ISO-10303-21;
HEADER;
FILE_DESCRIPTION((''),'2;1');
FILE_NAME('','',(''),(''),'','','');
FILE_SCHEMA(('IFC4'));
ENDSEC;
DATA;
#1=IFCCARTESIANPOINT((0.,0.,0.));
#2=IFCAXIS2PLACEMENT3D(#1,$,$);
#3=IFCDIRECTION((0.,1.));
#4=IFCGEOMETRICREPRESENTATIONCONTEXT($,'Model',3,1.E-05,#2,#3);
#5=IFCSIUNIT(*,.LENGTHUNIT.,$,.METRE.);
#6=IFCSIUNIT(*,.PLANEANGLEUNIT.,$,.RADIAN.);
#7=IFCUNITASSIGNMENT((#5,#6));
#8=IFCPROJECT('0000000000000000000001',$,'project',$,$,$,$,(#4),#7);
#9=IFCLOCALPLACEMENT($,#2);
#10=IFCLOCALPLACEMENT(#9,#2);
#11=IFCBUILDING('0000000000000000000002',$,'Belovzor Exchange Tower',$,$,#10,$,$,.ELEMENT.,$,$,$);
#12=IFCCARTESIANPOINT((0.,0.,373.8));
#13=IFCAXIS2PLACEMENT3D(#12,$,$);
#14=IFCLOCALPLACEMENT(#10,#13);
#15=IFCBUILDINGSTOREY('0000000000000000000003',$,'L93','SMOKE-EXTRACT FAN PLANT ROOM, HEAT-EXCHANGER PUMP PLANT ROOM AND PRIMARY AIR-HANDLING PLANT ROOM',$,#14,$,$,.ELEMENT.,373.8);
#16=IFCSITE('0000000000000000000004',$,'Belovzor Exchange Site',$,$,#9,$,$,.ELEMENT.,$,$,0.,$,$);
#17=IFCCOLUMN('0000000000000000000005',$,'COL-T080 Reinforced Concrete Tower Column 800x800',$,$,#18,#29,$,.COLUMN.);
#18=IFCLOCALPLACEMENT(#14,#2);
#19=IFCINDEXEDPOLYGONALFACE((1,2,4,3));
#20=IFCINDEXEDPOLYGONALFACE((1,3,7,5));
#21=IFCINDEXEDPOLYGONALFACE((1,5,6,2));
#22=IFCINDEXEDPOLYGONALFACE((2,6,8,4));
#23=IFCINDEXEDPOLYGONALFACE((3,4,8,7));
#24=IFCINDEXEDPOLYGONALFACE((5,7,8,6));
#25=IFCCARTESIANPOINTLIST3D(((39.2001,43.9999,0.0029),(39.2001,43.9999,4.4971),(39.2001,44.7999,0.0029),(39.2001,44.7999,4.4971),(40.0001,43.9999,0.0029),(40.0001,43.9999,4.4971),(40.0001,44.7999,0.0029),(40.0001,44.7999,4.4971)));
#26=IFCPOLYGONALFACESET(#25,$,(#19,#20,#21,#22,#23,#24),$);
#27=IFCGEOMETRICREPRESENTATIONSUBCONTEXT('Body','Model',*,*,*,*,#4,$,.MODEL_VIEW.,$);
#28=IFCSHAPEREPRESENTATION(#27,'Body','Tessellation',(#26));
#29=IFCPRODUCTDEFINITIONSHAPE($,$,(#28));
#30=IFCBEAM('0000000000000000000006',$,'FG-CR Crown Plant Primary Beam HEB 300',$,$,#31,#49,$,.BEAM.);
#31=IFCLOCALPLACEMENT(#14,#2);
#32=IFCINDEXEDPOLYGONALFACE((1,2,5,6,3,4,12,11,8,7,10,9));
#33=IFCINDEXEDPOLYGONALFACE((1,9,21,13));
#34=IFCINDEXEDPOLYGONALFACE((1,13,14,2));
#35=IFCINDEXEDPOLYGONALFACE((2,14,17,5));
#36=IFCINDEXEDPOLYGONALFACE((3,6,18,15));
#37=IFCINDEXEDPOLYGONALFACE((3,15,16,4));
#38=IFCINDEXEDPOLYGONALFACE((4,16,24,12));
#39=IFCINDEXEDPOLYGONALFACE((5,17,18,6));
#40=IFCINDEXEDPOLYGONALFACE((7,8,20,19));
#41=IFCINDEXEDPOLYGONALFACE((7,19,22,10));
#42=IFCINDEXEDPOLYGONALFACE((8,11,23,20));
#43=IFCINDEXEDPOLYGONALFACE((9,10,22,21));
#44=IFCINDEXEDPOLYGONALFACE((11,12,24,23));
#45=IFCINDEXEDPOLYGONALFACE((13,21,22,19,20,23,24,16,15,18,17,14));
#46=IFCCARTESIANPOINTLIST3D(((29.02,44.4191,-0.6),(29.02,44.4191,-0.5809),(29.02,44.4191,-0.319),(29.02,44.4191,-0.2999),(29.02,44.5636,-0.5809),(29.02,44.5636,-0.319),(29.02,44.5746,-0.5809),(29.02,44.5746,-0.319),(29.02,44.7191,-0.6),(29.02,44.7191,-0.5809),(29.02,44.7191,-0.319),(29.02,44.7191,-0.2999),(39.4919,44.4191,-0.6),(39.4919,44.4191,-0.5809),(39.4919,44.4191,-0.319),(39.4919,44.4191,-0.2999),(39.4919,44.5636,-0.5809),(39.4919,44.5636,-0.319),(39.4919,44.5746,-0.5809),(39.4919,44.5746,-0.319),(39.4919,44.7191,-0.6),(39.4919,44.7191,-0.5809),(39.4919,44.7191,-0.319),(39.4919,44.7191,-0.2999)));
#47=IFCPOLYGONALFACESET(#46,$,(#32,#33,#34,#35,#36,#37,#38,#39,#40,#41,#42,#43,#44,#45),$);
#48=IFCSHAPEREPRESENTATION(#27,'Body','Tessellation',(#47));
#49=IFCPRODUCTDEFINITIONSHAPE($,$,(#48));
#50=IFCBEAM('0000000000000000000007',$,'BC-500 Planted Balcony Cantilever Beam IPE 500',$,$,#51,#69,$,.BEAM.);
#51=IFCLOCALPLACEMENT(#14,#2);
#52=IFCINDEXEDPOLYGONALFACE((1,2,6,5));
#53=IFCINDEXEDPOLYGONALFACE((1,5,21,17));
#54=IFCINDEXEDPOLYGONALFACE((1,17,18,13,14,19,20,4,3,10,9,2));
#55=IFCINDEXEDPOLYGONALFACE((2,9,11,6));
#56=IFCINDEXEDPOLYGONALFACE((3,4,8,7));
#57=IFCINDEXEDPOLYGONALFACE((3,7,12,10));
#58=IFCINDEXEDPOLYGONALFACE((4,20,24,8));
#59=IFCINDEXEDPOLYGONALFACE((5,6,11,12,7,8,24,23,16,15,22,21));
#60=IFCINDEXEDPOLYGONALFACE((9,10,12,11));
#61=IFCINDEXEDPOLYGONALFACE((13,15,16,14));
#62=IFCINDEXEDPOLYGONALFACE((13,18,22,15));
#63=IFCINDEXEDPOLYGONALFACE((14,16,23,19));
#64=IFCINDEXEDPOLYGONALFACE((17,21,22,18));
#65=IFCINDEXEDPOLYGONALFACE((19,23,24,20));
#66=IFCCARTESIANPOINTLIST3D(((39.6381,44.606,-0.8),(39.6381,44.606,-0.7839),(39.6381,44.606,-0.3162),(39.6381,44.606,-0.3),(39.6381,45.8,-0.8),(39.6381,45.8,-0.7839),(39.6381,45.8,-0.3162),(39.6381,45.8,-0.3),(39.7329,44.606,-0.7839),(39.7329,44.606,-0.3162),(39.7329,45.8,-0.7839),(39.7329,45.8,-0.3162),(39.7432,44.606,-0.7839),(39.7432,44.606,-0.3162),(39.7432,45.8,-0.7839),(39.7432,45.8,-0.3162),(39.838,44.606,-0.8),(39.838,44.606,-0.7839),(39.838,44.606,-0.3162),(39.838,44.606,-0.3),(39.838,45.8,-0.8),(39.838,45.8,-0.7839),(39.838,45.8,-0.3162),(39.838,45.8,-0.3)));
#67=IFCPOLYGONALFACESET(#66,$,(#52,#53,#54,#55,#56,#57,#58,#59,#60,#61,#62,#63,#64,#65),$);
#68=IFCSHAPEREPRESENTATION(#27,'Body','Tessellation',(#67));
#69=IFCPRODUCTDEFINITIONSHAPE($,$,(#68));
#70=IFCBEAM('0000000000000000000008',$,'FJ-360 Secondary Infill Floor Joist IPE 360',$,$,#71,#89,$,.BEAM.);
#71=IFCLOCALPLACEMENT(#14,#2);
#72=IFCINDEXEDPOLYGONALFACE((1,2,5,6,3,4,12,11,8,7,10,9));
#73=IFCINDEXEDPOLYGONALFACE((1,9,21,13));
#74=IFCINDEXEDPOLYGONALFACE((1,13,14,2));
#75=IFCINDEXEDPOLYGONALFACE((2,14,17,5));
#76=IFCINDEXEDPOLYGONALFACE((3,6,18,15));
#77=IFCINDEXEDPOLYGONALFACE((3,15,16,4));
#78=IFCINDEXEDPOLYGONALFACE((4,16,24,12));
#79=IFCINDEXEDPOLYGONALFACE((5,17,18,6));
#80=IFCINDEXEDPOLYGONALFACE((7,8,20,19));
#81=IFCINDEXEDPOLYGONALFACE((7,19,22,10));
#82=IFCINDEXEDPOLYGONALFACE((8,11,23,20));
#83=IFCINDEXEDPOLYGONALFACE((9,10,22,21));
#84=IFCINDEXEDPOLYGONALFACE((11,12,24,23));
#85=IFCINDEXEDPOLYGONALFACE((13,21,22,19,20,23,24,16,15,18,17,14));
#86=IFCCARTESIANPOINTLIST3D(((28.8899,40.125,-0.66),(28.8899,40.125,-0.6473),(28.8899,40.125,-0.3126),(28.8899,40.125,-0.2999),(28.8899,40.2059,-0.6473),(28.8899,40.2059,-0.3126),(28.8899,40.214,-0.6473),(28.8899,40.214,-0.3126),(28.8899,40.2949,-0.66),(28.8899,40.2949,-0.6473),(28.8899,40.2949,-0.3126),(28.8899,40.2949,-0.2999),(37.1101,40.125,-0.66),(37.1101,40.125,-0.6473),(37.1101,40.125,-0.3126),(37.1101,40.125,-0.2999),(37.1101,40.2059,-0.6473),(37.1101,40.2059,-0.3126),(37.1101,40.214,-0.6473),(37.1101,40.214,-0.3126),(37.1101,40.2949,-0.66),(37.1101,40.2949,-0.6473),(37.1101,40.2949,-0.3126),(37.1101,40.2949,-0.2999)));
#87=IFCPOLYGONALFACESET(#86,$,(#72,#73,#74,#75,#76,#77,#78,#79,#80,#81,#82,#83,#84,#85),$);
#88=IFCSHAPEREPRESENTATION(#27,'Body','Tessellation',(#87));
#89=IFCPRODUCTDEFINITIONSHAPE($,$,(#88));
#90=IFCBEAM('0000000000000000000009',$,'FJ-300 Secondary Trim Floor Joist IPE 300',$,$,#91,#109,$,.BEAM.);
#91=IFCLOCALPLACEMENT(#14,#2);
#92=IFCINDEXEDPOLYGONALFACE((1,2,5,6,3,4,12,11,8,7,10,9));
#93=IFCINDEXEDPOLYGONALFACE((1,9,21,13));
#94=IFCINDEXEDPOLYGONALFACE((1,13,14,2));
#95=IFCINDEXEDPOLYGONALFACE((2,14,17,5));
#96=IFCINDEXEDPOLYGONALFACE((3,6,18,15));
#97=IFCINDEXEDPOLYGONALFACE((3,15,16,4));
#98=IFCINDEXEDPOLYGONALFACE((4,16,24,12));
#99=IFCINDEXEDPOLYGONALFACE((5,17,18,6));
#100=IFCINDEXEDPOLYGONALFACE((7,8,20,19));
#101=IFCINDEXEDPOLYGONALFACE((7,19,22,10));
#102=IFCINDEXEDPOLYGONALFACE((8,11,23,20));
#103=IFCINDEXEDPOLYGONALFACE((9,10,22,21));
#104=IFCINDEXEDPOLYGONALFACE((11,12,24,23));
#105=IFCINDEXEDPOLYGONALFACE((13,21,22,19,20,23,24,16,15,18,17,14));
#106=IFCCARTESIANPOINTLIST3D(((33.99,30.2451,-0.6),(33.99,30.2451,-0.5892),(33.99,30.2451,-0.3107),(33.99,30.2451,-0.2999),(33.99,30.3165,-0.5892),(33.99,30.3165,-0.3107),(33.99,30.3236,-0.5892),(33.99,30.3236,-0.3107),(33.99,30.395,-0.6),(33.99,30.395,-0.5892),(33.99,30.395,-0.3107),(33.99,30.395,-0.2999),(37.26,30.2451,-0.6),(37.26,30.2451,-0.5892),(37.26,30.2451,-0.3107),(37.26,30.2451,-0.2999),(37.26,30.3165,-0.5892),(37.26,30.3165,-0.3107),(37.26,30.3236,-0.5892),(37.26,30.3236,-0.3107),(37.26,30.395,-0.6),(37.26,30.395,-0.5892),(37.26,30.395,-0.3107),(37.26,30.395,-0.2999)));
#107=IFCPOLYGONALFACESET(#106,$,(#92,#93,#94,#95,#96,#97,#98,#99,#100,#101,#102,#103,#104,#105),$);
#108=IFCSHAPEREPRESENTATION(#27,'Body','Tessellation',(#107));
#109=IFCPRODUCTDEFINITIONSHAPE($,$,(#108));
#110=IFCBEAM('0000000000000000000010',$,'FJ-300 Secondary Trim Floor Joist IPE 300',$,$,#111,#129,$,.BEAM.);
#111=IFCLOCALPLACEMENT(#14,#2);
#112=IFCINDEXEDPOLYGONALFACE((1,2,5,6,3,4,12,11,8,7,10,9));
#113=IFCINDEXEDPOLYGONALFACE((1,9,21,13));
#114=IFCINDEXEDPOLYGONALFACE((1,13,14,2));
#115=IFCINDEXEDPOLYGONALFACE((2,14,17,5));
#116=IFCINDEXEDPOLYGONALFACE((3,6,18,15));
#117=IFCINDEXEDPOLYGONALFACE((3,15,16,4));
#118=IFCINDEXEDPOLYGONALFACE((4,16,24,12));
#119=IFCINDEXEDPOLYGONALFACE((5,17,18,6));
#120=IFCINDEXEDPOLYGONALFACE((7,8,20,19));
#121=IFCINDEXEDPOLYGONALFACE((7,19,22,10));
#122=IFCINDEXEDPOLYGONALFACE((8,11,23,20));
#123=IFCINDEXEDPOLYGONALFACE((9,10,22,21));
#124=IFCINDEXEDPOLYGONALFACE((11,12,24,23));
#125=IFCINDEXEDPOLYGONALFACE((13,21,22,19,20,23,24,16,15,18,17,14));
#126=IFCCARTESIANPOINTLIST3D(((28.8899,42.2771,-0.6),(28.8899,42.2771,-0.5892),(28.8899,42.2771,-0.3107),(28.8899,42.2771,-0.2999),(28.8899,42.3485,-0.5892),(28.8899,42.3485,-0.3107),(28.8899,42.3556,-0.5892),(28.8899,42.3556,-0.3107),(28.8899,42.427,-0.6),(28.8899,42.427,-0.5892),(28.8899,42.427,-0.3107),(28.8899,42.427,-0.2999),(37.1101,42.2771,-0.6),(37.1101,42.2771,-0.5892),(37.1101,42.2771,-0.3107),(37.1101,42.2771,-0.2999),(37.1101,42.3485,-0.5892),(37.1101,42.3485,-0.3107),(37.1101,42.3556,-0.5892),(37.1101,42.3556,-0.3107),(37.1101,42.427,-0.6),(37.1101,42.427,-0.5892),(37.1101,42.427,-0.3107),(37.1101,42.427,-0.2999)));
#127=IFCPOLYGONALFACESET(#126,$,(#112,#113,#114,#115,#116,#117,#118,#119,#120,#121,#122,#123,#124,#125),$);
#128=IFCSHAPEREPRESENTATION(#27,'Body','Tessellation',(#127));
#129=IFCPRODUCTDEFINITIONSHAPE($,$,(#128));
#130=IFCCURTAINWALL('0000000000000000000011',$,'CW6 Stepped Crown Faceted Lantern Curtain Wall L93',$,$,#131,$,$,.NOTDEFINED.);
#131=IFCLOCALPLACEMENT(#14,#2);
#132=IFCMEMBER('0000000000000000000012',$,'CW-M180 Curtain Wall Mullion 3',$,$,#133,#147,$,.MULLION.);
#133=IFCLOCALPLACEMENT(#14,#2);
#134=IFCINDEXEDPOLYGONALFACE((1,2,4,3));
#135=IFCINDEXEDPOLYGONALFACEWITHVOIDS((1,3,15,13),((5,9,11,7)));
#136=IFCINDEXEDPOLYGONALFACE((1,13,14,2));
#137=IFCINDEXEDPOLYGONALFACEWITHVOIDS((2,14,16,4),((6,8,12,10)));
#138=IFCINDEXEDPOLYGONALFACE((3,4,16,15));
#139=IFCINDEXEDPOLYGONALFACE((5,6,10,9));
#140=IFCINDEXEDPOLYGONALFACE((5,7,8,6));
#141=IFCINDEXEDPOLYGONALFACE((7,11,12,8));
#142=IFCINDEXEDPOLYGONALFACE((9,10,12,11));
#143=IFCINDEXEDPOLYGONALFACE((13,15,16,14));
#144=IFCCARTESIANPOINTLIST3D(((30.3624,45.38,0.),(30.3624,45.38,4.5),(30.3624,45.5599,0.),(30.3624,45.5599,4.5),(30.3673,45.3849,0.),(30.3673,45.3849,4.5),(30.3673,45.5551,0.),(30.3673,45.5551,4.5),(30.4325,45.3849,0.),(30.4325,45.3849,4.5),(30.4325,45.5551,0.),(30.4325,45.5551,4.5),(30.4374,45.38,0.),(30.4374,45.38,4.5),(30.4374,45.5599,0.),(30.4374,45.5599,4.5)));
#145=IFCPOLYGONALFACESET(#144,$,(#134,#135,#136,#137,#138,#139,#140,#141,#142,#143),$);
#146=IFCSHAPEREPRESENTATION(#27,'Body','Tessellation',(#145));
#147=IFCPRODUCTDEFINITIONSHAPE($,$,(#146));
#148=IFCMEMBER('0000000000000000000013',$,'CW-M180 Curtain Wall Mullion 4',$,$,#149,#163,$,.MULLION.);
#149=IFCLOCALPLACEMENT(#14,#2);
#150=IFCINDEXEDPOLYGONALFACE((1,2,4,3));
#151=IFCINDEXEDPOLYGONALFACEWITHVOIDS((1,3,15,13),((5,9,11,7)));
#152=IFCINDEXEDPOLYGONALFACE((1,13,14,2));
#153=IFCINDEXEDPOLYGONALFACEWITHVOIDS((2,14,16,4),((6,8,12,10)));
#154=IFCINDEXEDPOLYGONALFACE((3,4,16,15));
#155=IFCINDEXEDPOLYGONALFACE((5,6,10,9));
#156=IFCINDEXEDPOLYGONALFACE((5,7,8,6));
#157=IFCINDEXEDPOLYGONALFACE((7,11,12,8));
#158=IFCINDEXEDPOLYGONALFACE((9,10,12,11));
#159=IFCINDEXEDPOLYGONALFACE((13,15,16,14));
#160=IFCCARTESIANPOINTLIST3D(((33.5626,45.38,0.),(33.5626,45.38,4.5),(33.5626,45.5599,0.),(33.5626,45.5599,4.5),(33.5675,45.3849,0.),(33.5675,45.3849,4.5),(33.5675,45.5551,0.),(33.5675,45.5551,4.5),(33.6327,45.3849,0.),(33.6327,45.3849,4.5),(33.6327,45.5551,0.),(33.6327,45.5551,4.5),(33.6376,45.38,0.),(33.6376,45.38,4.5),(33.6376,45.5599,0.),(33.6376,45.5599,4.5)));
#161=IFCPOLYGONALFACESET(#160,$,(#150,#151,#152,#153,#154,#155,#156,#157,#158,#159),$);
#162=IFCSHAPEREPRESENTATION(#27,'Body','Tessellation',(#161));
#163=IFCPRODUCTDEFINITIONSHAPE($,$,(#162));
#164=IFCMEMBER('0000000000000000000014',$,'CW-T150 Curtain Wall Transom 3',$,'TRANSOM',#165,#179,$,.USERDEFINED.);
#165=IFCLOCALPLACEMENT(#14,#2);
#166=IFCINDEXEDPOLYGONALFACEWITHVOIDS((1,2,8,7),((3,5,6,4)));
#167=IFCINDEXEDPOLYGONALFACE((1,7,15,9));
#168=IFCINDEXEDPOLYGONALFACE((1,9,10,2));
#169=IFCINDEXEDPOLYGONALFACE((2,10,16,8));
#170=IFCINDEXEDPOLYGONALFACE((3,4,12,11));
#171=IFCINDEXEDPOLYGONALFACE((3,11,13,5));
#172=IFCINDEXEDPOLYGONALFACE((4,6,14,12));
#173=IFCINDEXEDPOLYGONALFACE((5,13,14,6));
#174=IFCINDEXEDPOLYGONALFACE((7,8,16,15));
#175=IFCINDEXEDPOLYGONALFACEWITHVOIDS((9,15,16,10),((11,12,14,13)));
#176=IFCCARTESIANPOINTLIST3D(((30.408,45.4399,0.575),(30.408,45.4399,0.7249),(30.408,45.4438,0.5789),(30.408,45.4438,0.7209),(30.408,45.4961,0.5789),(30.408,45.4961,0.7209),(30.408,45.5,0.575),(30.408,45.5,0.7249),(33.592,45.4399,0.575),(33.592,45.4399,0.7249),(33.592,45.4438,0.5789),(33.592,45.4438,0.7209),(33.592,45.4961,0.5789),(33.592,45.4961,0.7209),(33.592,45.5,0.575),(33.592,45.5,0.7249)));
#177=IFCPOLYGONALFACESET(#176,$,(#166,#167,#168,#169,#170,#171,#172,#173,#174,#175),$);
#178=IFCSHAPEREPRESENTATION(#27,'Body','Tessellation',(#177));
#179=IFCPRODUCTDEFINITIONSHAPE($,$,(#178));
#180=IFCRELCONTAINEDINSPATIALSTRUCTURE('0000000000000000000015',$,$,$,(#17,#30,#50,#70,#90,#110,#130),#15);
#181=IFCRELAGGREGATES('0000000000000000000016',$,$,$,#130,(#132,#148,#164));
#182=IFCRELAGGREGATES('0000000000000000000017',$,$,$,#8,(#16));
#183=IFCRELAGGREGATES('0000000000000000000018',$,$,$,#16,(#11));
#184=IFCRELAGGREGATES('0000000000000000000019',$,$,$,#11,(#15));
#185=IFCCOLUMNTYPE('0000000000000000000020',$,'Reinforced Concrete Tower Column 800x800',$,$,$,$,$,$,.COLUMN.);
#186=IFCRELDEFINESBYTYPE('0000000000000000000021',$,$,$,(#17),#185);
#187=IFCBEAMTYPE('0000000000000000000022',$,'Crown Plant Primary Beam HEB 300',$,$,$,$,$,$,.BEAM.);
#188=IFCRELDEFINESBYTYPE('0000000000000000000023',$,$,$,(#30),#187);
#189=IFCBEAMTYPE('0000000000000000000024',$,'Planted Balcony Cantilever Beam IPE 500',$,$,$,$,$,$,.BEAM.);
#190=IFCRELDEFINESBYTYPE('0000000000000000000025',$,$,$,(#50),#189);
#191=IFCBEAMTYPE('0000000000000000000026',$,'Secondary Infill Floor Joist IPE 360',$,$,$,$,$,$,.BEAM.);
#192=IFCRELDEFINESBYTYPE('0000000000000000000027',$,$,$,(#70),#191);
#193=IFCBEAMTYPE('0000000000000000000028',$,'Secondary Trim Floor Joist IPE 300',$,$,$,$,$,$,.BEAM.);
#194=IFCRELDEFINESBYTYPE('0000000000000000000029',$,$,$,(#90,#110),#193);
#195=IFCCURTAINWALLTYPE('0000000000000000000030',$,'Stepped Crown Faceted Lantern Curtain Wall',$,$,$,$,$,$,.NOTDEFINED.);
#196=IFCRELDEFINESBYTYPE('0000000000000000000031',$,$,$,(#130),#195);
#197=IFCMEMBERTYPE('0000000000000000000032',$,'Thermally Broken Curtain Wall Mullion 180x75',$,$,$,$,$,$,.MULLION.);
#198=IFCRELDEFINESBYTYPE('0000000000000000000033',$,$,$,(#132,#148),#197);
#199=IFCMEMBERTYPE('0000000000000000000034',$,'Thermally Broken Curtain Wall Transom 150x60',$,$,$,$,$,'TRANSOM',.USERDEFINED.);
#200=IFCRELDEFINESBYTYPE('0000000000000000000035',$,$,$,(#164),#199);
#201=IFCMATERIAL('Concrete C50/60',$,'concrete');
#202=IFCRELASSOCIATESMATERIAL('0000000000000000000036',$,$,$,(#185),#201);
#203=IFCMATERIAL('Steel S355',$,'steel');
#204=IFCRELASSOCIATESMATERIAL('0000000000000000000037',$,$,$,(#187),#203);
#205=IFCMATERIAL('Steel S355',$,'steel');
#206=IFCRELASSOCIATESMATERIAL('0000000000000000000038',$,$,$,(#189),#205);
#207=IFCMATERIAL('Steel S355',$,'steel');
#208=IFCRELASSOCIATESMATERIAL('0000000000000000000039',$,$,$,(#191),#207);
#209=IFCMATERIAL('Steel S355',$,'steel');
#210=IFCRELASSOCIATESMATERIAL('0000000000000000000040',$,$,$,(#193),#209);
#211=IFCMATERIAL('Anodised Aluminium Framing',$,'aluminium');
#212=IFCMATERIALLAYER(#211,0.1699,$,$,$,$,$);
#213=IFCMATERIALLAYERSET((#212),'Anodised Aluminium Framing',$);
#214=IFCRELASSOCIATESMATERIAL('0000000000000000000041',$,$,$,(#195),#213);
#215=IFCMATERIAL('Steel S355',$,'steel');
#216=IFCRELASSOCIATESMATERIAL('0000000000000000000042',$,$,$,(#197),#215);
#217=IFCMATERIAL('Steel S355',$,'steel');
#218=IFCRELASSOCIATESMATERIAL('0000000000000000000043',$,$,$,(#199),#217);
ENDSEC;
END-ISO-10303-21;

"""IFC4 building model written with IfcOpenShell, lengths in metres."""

from ifc_helpers import new_model, si_unit, direction, frame, origin, origin_2d, place, context, subcontext, project, spatial, rectangle, hollow_rectangle, i_section, extrude, material, layer, layer_set, material_profile, profile_set, type_object, element, aggregate, save


model = new_model("IFC4")

# Units and contexts
model_context = context("Model", 3, precision=1e-05, world=origin(), true_north=direction((0.0, 1.0)))
body_context = subcontext(model_context, "Body", "Model", "MODEL_VIEW")
ifc_project = project(units=[si_unit("LENGTHUNIT", "METRE"), si_unit("PLANEANGLEUNIT", "RADIAN")], contexts=[model_context])

# Site, building, storey
site_placement = place(None, origin())
site = spatial("IfcSite", under=ifc_project, at=site_placement, Name="Belovzor Exchange Site", CompositionType="ELEMENT", RefElevation=0.0)
building_placement = place(site_placement, origin())
building = spatial("IfcBuilding", under=site, at=building_placement, Name="Belovzor Exchange Tower", CompositionType="ELEMENT")
storey_placement = place(building_placement, frame((0.0, 0.0, 373.8)))
storey = spatial("IfcBuildingStorey", under=building, at=storey_placement, Name="L93", Description="SMOKE-EXTRACT FAN PLANT ROOM, HEAT-EXCHANGER PUMP PLANT ROOM AND PRIMARY AIR-HANDLING PLANT ROOM", CompositionType="ELEMENT", Elevation=373.8)

# Column
ifc_material_1 = material(Name="Concrete C50/60", Category="concrete")
ifc_material_profile_1 = material_profile(ifc_material_1, rectangle(XDim=0.8, YDim=0.8, at=origin_2d()))
ifc_profile_set_1 = profile_set([ifc_material_profile_1], Name="Concrete C50/60")
column_type = type_object("IfcColumnType", Name="Reinforced Concrete Tower Column 800x800", PredefinedType="COLUMN", material=ifc_profile_set_1)
column_placement = place(storey_placement, frame((39.6001, 44.3999, 0.0029), z_axis=(0.0, 0.0, 1.0), x_axis=(1.0, 0.0, 0.0)))
element("IfcColumn", 1, at=column_placement, inside=storey, type_object=column_type, Name="COL-T080 Reinforced Concrete Tower Column 800x800", PredefinedType="COLUMN", context=body_context, shape_type="SweptSolid", body=[
    extrude(rectangle(XDim=0.8, YDim=0.8, at=origin_2d()), origin(), (0.0, 0.0, 1.0), 4.4941),
])

# Beams
ifc_material_2 = material(Name="Steel S355", Category="steel")
ifc_material_profile_2 = material_profile(ifc_material_2, i_section(OverallWidth=0.3, OverallDepth=0.3, WebThickness=0.011, FlangeThickness=0.019, at=origin_2d()))
ifc_profile_set_2 = profile_set([ifc_material_profile_2], Name="Steel S355")
beam_type_1 = type_object("IfcBeamType", Name="Crown Plant Primary Beam HEB 300", PredefinedType="BEAM", material=ifc_profile_set_2)
beam_1_placement = place(storey_placement, frame((39.4919, 44.5691, -0.45), z_axis=(-1.0, 0.0, 0.0), x_axis=(0.0, -1.0, 0.0)))
element("IfcBeam", 2, at=beam_1_placement, inside=storey, type_object=beam_type_1, Name="FG-CR Crown Plant Primary Beam HEB 300", PredefinedType="BEAM", context=body_context, shape_type="SweptSolid", body=[
    extrude(i_section(OverallWidth=0.3, OverallDepth=0.3, WebThickness=0.011, FlangeThickness=0.019, at=origin_2d()), origin(), (0.0, 0.0, 1.0), 10.4719),
])
ifc_material_3 = material(Name="Steel S355", Category="steel")
ifc_material_profile_3 = material_profile(ifc_material_3, i_section(OverallWidth=0.2, OverallDepth=0.5, WebThickness=0.0103, FlangeThickness=0.0161, at=origin_2d()))
ifc_profile_set_3 = profile_set([ifc_material_profile_3], Name="Steel S355")
beam_type_2 = type_object("IfcBeamType", Name="Planted Balcony Cantilever Beam IPE 500", PredefinedType="BEAM", material=ifc_profile_set_3)
beam_2_placement = place(storey_placement, frame((39.738, 44.606, -0.55), z_axis=(0.0, 1.0, 0.0), x_axis=(-1.0, 0.0, 0.0)))
element("IfcBeam", 3, at=beam_2_placement, inside=storey, type_object=beam_type_2, Name="BC-500 Planted Balcony Cantilever Beam IPE 500", PredefinedType="BEAM", context=body_context, shape_type="SweptSolid", body=[
    extrude(i_section(OverallWidth=0.2, OverallDepth=0.5, WebThickness=0.0103, FlangeThickness=0.0161, at=origin_2d()), origin(), (0.0, 0.0, 1.0), 1.1941),
])
ifc_material_4 = material(Name="Steel S355", Category="steel")
ifc_material_profile_4 = material_profile(ifc_material_4, i_section(OverallWidth=0.1699, OverallDepth=0.3601, WebThickness=0.0081, FlangeThickness=0.0127, at=origin_2d()))
ifc_profile_set_4 = profile_set([ifc_material_profile_4], Name="Steel S355")
beam_type_3 = type_object("IfcBeamType", Name="Secondary Infill Floor Joist IPE 360", PredefinedType="BEAM", material=ifc_profile_set_4)
beam_3_placement = place(storey_placement, frame((28.8899, 40.21, -0.48), z_axis=(1.0, 0.0, 0.0), x_axis=(0.0, 1.0, 0.0)))
element("IfcBeam", 4, at=beam_3_placement, inside=storey, type_object=beam_type_3, Name="FJ-360 Secondary Infill Floor Joist IPE 360", PredefinedType="BEAM", context=body_context, shape_type="SweptSolid", body=[
    extrude(i_section(OverallWidth=0.1699, OverallDepth=0.3601, WebThickness=0.0081, FlangeThickness=0.0127, at=origin_2d()), origin(), (0.0, 0.0, 1.0), 8.2202),
])
ifc_material_5 = material(Name="Steel S355", Category="steel")
ifc_material_profile_5 = material_profile(ifc_material_5, i_section(OverallWidth=0.1499, OverallDepth=0.3, WebThickness=0.0071, FlangeThickness=0.0107, at=origin_2d()))
ifc_profile_set_5 = profile_set([ifc_material_profile_5], Name="Steel S355")
beam_type_4 = type_object("IfcBeamType", Name="Secondary Trim Floor Joist IPE 300", PredefinedType="BEAM", material=ifc_profile_set_5)
beam_4_placement = place(storey_placement, frame((37.26, 30.3201, -0.45), z_axis=(-1.0, 0.0, 0.0), x_axis=(0.0, -1.0, 0.0)))
element("IfcBeam", 5, at=beam_4_placement, inside=storey, type_object=beam_type_4, Name="FJ-300 Secondary Trim Floor Joist IPE 300", PredefinedType="BEAM", context=body_context, shape_type="SweptSolid", body=[
    extrude(i_section(OverallWidth=0.1499, OverallDepth=0.3, WebThickness=0.0071, FlangeThickness=0.0107, at=origin_2d()), origin(), (0.0, 0.0, 1.0), 3.27),
])
beam_5_placement = place(storey_placement, frame((28.8899, 42.3521, -0.45), z_axis=(1.0, 0.0, 0.0), x_axis=(0.0, 1.0, 0.0)))
element("IfcBeam", 6, at=beam_5_placement, inside=storey, type_object=beam_type_4, Name="FJ-300 Secondary Trim Floor Joist IPE 300", PredefinedType="BEAM", context=body_context, shape_type="SweptSolid", body=[
    extrude(i_section(OverallWidth=0.1499, OverallDepth=0.3, WebThickness=0.0071, FlangeThickness=0.0107, at=origin_2d()), origin(), (0.0, 0.0, 1.0), 8.2202),
])

# Curtain wall, members
ifc_material_6 = material(Name="Anodised Aluminium Framing", Category="aluminium")
ifc_layer_1 = layer(ifc_material_6, 0.1699)
ifc_layer_set_1 = layer_set([ifc_layer_1], Name="Anodised Aluminium Framing")
curtain_wall_type = type_object("IfcCurtainWallType", Name="Stepped Crown Faceted Lantern Curtain Wall", PredefinedType="NOTDEFINED", material=ifc_layer_set_1)
curtain_wall_placement = place(storey_placement, origin())
curtain_wall = element("IfcCurtainWall", 7, at=curtain_wall_placement, inside=storey, type_object=curtain_wall_type, Name="CW6 Stepped Crown Faceted Lantern Curtain Wall L93", PredefinedType="NOTDEFINED")
ifc_material_7 = material(Name="Steel S355", Category="steel")
ifc_material_profile_6 = material_profile(ifc_material_7, hollow_rectangle(XDim=0.075, YDim=0.1799, WallThickness=0.0049, at=origin_2d()))
ifc_profile_set_6 = profile_set([ifc_material_profile_6], Name="Steel S355")
member_type_1 = type_object("IfcMemberType", Name="Thermally Broken Curtain Wall Mullion 180x75", PredefinedType="MULLION", material=ifc_profile_set_6)
member_1_placement = place(storey_placement, frame((30.3999, 45.47, 0.0), z_axis=(0.0, 0.0, 1.0), x_axis=(1.0, 0.0, 0.0)))
member_1 = element("IfcMember", 8, at=member_1_placement, type_object=member_type_1, Name="CW-M180 Curtain Wall Mullion 3", PredefinedType="MULLION", context=body_context, shape_type="SweptSolid", body=[
    extrude(hollow_rectangle(XDim=0.075, YDim=0.1799, WallThickness=0.0049, at=origin_2d()), origin(), (0.0, 0.0, 1.0), 4.5),
])
member_2_placement = place(storey_placement, frame((33.6001, 45.47, 0.0), z_axis=(0.0, 0.0, 1.0), x_axis=(1.0, 0.0, 0.0)))
member_2 = element("IfcMember", 9, at=member_2_placement, type_object=member_type_1, Name="CW-M180 Curtain Wall Mullion 4", PredefinedType="MULLION", context=body_context, shape_type="SweptSolid", body=[
    extrude(hollow_rectangle(XDim=0.075, YDim=0.1799, WallThickness=0.0049, at=origin_2d()), origin(), (0.0, 0.0, 1.0), 4.5),
])
ifc_material_8 = material(Name="Steel S355", Category="steel")
ifc_material_profile_7 = material_profile(ifc_material_8, hollow_rectangle(XDim=0.0601, YDim=0.1499, WallThickness=0.0039, at=origin_2d()))
ifc_profile_set_7 = profile_set([ifc_material_profile_7], Name="Steel S355")
member_type_2 = type_object("IfcMemberType", Name="Thermally Broken Curtain Wall Transom 150x60", ElementType="TRANSOM", PredefinedType="USERDEFINED", material=ifc_profile_set_7)
member_3_placement = place(storey_placement, frame((30.408, 45.47, 0.6499), z_axis=(1.0, 0.0, 0.0), x_axis=(0.0, 1.0, 0.0)))
member_3 = element("IfcMember", 10, at=member_3_placement, type_object=member_type_2, Name="CW-T150 Curtain Wall Transom 3", ObjectType="TRANSOM", PredefinedType="USERDEFINED", context=body_context, shape_type="SweptSolid", body=[
    extrude(hollow_rectangle(XDim=0.0601, YDim=0.1499, WallThickness=0.0039, at=origin_2d()), origin(), (0.0, 0.0, 1.0), 3.1841),
])

aggregate(curtain_wall, [member_1, member_2, member_3])

save(model, "model.ifc")
